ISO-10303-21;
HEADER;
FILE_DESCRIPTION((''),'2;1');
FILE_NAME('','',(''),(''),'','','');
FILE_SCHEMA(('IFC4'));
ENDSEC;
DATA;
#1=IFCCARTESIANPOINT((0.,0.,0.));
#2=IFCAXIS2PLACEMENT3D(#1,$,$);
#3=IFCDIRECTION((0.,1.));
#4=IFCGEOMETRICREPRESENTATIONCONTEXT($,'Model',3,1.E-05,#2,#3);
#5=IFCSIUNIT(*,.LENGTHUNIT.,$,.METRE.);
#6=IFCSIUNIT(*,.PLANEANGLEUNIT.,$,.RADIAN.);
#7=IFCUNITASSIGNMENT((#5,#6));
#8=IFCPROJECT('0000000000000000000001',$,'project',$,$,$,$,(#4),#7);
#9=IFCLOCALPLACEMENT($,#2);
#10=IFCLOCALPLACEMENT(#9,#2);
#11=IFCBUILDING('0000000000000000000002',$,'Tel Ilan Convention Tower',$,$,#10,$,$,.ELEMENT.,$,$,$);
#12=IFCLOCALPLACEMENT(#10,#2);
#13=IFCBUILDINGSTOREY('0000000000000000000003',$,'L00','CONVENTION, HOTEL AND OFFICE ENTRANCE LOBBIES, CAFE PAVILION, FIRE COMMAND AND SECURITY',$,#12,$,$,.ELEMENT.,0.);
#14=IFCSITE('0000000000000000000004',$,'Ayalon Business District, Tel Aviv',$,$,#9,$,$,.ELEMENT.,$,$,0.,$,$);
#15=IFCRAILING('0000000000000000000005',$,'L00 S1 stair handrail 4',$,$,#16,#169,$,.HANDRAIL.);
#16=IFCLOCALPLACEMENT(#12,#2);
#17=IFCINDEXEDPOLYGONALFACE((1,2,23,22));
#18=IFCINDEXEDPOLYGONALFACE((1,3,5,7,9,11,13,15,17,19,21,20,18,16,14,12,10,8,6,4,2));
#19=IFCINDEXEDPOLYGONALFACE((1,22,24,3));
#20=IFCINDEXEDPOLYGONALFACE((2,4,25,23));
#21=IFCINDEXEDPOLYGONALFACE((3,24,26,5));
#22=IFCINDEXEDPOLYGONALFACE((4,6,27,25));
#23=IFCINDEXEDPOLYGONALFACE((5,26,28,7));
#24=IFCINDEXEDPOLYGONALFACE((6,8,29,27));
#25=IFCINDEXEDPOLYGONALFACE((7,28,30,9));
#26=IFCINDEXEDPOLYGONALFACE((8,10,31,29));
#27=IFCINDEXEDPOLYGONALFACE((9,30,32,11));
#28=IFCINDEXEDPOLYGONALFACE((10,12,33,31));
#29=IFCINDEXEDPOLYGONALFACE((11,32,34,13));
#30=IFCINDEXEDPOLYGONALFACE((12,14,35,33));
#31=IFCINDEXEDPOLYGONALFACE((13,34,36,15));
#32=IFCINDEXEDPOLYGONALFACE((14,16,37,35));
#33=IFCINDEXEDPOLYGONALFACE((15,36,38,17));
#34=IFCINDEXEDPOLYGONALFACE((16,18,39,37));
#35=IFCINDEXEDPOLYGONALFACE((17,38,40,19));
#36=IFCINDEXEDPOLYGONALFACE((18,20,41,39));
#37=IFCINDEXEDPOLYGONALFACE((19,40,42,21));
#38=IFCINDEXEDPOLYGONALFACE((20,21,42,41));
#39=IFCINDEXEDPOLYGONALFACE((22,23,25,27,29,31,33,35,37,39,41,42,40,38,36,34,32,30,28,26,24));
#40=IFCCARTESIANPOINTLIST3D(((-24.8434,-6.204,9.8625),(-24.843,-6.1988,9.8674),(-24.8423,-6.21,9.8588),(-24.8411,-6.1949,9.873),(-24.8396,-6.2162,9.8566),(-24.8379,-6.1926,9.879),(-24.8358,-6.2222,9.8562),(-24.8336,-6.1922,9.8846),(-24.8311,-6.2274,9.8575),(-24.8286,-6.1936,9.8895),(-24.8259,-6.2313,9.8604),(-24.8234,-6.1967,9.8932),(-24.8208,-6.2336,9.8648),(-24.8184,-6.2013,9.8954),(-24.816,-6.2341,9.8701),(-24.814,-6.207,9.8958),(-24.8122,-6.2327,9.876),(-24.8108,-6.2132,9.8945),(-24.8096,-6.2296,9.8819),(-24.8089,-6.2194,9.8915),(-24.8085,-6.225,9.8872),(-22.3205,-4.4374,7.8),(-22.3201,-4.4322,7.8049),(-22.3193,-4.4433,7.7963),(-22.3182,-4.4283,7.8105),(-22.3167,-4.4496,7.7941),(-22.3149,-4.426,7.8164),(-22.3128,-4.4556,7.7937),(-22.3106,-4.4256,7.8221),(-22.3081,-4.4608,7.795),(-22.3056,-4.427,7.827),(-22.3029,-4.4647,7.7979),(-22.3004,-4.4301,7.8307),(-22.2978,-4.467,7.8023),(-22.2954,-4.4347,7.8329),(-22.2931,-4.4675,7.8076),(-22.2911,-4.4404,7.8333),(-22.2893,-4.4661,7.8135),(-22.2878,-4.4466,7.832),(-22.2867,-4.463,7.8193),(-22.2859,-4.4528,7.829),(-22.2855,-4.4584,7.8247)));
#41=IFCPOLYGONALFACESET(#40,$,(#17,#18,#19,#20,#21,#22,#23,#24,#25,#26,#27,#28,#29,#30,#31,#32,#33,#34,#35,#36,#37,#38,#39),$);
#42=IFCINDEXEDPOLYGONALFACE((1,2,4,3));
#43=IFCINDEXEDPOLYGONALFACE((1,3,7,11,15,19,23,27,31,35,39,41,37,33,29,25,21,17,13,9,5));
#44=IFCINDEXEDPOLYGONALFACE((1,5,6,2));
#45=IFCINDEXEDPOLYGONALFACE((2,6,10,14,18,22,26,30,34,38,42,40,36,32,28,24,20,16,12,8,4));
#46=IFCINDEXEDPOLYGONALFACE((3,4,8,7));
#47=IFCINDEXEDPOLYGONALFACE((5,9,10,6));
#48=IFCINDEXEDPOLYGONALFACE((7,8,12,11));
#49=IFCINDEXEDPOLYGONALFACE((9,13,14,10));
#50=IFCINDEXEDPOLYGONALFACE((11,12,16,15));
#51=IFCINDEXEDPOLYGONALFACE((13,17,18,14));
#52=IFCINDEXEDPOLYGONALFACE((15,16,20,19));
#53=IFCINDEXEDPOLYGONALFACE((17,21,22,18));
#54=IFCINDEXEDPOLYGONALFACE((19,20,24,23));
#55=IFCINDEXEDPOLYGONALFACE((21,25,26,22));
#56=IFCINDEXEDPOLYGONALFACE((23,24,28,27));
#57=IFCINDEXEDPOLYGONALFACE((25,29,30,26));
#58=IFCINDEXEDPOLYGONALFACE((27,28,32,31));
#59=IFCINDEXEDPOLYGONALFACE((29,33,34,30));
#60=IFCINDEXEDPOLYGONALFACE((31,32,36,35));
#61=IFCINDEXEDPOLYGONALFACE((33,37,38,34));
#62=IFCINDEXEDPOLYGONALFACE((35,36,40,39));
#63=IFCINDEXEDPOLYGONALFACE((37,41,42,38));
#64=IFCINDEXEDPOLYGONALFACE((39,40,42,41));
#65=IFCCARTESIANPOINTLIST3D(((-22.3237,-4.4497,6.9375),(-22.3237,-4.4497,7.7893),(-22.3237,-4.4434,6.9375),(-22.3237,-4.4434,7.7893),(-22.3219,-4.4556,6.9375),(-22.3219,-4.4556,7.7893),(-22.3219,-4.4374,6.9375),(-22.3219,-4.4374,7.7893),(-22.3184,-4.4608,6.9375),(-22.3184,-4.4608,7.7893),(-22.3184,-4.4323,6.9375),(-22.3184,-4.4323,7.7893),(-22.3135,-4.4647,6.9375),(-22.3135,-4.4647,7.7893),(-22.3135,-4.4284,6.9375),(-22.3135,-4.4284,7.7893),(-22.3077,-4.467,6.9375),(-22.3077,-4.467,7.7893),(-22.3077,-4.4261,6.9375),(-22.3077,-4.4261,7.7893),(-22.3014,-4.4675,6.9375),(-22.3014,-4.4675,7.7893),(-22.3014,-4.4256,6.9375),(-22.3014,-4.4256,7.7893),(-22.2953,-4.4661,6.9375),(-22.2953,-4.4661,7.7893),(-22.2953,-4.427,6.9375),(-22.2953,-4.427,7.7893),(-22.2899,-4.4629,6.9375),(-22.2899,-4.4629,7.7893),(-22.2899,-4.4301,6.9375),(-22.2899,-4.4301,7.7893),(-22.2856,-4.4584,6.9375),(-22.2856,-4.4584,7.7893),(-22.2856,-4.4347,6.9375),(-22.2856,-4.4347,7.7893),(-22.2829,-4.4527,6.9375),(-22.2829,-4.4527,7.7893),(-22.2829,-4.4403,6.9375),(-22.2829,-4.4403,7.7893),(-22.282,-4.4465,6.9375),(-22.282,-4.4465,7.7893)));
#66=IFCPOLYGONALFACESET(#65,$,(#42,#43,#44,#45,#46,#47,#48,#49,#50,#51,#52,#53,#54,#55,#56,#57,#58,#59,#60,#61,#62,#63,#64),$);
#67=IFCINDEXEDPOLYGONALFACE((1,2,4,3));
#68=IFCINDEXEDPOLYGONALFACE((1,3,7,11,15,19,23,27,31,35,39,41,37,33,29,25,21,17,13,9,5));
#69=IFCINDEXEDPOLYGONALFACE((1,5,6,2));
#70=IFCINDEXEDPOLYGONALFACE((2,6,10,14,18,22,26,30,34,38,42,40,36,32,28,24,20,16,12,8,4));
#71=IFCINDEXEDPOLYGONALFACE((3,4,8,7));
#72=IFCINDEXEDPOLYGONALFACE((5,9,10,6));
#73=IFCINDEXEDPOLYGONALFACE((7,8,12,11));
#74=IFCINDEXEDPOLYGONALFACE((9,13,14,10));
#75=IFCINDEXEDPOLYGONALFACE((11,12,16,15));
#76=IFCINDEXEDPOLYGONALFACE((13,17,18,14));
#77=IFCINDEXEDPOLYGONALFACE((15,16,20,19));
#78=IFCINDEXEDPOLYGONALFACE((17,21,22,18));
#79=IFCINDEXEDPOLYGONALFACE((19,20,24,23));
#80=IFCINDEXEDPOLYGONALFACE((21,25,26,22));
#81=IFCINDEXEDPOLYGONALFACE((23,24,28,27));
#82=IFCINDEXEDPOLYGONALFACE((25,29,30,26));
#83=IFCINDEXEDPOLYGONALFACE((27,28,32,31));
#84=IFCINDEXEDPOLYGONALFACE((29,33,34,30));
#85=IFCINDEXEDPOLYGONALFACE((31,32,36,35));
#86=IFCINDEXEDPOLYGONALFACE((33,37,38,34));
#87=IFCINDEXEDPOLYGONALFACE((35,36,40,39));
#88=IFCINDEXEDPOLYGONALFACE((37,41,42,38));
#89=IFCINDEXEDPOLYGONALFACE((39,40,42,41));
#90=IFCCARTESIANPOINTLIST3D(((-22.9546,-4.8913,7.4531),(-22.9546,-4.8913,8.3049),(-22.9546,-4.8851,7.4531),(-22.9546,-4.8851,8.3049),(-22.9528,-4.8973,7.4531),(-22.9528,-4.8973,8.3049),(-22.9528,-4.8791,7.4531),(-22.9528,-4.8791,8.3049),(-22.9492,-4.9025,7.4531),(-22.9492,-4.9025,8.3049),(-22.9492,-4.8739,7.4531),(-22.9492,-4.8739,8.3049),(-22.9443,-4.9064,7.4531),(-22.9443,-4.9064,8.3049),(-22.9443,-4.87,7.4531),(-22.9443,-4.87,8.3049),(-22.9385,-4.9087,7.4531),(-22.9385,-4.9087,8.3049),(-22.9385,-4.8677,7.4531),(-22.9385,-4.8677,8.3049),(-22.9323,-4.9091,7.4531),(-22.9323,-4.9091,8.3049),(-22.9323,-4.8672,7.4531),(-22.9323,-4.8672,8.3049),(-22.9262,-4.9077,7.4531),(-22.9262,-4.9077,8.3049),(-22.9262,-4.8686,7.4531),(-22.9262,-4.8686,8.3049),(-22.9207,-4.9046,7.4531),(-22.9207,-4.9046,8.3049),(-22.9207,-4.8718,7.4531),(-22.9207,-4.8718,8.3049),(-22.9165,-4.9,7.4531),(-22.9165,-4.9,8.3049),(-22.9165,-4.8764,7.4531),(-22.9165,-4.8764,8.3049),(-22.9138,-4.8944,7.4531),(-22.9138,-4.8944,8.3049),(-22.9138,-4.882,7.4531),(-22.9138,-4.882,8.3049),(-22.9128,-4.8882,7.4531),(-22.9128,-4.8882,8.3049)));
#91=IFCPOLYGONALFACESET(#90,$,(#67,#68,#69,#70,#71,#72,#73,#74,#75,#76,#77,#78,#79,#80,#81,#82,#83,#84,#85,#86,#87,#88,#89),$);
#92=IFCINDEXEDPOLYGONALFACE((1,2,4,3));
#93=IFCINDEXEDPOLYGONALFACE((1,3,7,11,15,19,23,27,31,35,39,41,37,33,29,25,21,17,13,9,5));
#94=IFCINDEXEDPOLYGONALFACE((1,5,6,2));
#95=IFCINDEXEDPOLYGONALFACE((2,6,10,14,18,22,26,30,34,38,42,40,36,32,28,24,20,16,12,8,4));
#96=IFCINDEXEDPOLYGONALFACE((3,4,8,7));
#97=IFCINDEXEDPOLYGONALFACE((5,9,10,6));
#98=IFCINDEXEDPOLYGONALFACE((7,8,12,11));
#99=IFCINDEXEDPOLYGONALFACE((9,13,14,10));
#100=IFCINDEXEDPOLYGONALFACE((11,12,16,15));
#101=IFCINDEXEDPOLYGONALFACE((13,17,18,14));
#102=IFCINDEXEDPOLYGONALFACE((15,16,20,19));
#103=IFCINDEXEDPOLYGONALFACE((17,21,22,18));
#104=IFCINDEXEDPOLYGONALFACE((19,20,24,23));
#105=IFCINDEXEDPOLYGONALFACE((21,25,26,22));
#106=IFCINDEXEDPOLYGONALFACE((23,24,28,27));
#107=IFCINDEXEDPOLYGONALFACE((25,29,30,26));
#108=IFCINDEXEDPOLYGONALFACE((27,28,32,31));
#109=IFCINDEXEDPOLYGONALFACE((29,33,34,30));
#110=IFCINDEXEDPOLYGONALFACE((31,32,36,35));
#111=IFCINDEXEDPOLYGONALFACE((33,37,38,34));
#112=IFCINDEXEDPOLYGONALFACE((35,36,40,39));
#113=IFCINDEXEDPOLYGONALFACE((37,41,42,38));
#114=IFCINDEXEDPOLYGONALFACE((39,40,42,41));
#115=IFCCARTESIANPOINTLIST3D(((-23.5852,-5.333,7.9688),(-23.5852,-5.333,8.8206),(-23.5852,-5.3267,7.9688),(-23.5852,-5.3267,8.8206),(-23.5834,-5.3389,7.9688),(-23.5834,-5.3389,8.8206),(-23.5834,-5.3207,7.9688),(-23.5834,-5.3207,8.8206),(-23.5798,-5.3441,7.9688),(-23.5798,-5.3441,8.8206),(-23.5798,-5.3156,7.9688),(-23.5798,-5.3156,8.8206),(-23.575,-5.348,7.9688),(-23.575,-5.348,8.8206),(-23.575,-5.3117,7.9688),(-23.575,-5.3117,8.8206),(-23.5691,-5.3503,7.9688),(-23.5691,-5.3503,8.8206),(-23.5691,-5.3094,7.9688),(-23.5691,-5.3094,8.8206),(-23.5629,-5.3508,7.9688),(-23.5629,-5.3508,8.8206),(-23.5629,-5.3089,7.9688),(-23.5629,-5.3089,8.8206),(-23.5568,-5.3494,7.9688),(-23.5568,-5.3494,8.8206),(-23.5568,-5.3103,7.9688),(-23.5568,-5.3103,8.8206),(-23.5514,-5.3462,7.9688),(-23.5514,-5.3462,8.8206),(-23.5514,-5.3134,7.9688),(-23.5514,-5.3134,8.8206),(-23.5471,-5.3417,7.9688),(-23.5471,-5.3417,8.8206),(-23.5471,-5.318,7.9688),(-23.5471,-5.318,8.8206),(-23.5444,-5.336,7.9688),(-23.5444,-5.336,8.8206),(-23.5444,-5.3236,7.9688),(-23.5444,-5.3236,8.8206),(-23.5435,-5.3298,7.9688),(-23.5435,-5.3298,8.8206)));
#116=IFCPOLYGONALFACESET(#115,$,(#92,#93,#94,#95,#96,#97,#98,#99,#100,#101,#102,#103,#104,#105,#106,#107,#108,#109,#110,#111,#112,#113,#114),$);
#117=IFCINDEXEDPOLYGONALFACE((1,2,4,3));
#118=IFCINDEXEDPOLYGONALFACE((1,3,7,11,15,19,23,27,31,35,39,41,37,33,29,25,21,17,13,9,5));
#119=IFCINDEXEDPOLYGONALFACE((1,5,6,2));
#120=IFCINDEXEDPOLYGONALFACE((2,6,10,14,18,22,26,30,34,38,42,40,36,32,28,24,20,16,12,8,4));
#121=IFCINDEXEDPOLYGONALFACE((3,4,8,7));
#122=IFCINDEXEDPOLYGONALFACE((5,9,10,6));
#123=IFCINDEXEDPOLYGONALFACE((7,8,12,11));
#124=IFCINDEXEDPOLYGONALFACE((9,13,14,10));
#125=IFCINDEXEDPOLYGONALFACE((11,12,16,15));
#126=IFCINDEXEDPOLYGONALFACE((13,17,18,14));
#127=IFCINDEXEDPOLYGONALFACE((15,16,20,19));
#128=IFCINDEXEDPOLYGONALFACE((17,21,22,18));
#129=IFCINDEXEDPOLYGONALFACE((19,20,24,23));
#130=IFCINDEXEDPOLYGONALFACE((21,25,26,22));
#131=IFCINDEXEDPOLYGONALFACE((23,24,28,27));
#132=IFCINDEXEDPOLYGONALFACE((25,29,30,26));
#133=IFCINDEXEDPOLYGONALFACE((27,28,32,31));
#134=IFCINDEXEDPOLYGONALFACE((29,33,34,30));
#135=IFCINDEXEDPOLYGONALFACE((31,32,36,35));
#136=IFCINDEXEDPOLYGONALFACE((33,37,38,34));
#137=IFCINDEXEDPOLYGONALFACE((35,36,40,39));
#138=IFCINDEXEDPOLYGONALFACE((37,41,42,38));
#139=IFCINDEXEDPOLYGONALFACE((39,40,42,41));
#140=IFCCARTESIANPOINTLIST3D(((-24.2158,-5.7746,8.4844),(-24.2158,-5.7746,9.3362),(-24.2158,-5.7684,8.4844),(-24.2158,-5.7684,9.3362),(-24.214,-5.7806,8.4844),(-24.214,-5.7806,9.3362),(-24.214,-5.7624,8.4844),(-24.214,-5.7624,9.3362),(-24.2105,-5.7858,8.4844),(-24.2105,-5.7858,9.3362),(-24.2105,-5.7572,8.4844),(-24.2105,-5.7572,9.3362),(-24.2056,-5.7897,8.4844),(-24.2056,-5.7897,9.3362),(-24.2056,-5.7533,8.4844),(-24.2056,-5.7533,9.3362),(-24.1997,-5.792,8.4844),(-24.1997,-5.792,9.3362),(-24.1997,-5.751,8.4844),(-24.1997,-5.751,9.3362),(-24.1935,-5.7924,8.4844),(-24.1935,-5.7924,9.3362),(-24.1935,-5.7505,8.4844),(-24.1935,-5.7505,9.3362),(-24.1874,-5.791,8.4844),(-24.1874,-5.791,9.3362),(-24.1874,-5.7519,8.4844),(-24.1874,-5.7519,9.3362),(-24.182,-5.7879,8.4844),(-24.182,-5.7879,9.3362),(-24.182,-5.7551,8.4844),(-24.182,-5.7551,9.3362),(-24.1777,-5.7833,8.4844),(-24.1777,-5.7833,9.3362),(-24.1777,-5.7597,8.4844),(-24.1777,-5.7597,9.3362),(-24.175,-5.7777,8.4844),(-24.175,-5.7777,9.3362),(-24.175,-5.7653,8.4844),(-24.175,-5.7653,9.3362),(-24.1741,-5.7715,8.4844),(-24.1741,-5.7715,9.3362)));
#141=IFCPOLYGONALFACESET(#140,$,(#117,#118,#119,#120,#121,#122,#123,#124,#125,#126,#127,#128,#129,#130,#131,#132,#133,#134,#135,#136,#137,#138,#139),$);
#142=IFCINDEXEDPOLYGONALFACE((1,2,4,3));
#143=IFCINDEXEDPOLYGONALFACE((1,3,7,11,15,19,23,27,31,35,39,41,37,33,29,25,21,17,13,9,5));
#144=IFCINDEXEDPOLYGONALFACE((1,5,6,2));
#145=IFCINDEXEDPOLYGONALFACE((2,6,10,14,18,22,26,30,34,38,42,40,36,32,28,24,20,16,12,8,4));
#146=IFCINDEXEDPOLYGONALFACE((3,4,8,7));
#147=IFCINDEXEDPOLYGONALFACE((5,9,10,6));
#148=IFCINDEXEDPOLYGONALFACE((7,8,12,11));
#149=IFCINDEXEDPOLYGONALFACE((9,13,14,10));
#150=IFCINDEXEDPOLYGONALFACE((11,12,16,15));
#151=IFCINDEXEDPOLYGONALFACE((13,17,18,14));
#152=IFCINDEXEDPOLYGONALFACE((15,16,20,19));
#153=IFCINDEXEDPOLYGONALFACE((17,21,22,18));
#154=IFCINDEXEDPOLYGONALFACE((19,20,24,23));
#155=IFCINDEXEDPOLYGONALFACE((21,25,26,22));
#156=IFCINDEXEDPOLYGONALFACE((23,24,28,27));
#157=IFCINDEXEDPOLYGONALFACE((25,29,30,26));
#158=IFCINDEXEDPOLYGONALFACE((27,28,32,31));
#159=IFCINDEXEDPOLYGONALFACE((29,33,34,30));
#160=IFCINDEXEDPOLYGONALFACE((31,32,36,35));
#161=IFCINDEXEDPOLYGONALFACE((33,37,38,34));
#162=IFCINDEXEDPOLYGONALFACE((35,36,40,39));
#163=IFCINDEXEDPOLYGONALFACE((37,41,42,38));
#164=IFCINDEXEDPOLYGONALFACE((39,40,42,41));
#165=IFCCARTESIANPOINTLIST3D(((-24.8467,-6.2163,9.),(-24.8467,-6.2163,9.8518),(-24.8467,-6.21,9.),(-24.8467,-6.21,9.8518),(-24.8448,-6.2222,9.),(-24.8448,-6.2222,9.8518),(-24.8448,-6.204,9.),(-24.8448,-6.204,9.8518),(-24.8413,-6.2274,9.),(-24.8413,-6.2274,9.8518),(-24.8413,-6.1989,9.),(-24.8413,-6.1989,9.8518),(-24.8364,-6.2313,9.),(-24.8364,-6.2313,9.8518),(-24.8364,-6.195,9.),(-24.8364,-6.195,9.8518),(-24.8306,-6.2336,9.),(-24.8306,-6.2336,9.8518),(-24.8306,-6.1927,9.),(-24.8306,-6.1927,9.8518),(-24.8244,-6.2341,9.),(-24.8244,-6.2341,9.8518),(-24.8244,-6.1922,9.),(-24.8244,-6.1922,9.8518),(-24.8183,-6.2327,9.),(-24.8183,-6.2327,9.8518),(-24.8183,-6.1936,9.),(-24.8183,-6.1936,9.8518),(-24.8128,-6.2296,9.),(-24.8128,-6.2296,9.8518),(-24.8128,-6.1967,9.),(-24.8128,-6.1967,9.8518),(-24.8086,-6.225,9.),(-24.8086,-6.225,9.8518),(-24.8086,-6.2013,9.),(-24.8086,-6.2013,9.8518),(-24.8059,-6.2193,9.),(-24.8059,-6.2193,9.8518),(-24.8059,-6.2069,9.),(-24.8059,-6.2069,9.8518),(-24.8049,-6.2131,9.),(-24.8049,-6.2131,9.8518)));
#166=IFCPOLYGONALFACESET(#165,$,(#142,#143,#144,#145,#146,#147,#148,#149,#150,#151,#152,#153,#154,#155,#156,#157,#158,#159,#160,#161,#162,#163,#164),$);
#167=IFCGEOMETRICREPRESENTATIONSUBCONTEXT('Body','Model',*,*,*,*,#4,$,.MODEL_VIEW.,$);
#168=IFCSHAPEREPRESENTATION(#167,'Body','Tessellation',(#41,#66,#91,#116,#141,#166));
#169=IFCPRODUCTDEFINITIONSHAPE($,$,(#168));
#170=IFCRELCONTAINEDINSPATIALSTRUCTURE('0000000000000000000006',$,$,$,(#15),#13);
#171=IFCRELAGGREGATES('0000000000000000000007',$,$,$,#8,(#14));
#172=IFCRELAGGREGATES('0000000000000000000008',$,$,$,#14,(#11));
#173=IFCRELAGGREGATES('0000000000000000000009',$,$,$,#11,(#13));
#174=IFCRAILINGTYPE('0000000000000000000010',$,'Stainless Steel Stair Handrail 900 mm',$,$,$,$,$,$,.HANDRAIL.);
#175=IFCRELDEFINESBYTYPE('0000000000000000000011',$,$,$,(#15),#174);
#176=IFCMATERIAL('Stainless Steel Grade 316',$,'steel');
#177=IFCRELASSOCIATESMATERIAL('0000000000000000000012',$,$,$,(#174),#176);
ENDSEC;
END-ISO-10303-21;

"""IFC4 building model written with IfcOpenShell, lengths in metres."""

from ifc_helpers import new_model, si_unit, direction, frame, origin, origin_2d, place, context, subcontext, project, spatial, circle, extrude, material, type_object, element, save


model = new_model("IFC4")

# Units and contexts
model_context = context("Model", 3, precision=1e-05, world=origin(), true_north=direction((0.0, 1.0)))
body_context = subcontext(model_context, "Body", "Model", "MODEL_VIEW")
ifc_project = project(units=[si_unit("LENGTHUNIT", "METRE"), si_unit("PLANEANGLEUNIT", "RADIAN")], contexts=[model_context])

# Site, building, storey
site_placement = place(None, origin())
site = spatial("IfcSite", under=ifc_project, at=site_placement, Name="Ayalon Business District, Tel Aviv", CompositionType="ELEMENT", RefElevation=0.0)
building_placement = place(site_placement, origin())
building = spatial("IfcBuilding", under=site, at=building_placement, Name="Tel Ilan Convention Tower", CompositionType="ELEMENT")
storey_placement = place(building_placement, origin())
storey = spatial("IfcBuildingStorey", under=building, at=storey_placement, Name="L00", Description="CONVENTION, HOTEL AND OFFICE ENTRANCE LOBBIES, CAFE PAVILION, FIRE COMMAND AND SECURITY", CompositionType="ELEMENT", Elevation=0.0)

# Railing
ifc_material_1 = material(Name="Stainless Steel Grade 316", Category="steel")
railing_type_1 = type_object("IfcRailingType", Name="Stainless Steel Stair Handrail 900 mm", PredefinedType="HANDRAIL", material=ifc_material_1)
railing_1_placement = place(storey_placement, frame((-22.303, -4.4465, 6.9375)))
element("IfcRailing", 1, at=railing_1_placement, inside=storey, type_object=railing_type_1, Name="L00 S1 stair handrail 4", PredefinedType="HANDRAIL", context=body_context, shape_type="SweptSolid", body=[
    extrude(circle(Radius=0.0239, at=origin_2d()), frame((0.0, 0.0, 0.876), z_axis=(-0.680635, -0.476589, 0.556416), x_axis=(0.573579, -0.81915, 0.0)), (0.0, 0.0, 1.0), 3.7068),
    extrude(circle(Radius=0.021, at=origin_2d()), origin(), (0.0, 0.0, 1.0), 0.8518),
    extrude(circle(Radius=0.021, at=origin_2d()), frame((-0.6309, -0.4417, 0.5156)), (0.0, 0.0, 1.0), 0.8518),
    extrude(circle(Radius=0.021, at=origin_2d()), frame((-1.2615, -0.8833, 1.0312)), (0.0, 0.0, 1.0), 0.8518),
    extrude(circle(Radius=0.021, at=origin_2d()), frame((-1.8921, -1.325, 1.5469)), (0.0, 0.0, 1.0), 0.8518),
    extrude(circle(Radius=0.021, at=origin_2d()), frame((-2.5229, -1.7666, 2.0625)), (0.0, 0.0, 1.0), 0.8518),
])

save(model, "model.ifc")
